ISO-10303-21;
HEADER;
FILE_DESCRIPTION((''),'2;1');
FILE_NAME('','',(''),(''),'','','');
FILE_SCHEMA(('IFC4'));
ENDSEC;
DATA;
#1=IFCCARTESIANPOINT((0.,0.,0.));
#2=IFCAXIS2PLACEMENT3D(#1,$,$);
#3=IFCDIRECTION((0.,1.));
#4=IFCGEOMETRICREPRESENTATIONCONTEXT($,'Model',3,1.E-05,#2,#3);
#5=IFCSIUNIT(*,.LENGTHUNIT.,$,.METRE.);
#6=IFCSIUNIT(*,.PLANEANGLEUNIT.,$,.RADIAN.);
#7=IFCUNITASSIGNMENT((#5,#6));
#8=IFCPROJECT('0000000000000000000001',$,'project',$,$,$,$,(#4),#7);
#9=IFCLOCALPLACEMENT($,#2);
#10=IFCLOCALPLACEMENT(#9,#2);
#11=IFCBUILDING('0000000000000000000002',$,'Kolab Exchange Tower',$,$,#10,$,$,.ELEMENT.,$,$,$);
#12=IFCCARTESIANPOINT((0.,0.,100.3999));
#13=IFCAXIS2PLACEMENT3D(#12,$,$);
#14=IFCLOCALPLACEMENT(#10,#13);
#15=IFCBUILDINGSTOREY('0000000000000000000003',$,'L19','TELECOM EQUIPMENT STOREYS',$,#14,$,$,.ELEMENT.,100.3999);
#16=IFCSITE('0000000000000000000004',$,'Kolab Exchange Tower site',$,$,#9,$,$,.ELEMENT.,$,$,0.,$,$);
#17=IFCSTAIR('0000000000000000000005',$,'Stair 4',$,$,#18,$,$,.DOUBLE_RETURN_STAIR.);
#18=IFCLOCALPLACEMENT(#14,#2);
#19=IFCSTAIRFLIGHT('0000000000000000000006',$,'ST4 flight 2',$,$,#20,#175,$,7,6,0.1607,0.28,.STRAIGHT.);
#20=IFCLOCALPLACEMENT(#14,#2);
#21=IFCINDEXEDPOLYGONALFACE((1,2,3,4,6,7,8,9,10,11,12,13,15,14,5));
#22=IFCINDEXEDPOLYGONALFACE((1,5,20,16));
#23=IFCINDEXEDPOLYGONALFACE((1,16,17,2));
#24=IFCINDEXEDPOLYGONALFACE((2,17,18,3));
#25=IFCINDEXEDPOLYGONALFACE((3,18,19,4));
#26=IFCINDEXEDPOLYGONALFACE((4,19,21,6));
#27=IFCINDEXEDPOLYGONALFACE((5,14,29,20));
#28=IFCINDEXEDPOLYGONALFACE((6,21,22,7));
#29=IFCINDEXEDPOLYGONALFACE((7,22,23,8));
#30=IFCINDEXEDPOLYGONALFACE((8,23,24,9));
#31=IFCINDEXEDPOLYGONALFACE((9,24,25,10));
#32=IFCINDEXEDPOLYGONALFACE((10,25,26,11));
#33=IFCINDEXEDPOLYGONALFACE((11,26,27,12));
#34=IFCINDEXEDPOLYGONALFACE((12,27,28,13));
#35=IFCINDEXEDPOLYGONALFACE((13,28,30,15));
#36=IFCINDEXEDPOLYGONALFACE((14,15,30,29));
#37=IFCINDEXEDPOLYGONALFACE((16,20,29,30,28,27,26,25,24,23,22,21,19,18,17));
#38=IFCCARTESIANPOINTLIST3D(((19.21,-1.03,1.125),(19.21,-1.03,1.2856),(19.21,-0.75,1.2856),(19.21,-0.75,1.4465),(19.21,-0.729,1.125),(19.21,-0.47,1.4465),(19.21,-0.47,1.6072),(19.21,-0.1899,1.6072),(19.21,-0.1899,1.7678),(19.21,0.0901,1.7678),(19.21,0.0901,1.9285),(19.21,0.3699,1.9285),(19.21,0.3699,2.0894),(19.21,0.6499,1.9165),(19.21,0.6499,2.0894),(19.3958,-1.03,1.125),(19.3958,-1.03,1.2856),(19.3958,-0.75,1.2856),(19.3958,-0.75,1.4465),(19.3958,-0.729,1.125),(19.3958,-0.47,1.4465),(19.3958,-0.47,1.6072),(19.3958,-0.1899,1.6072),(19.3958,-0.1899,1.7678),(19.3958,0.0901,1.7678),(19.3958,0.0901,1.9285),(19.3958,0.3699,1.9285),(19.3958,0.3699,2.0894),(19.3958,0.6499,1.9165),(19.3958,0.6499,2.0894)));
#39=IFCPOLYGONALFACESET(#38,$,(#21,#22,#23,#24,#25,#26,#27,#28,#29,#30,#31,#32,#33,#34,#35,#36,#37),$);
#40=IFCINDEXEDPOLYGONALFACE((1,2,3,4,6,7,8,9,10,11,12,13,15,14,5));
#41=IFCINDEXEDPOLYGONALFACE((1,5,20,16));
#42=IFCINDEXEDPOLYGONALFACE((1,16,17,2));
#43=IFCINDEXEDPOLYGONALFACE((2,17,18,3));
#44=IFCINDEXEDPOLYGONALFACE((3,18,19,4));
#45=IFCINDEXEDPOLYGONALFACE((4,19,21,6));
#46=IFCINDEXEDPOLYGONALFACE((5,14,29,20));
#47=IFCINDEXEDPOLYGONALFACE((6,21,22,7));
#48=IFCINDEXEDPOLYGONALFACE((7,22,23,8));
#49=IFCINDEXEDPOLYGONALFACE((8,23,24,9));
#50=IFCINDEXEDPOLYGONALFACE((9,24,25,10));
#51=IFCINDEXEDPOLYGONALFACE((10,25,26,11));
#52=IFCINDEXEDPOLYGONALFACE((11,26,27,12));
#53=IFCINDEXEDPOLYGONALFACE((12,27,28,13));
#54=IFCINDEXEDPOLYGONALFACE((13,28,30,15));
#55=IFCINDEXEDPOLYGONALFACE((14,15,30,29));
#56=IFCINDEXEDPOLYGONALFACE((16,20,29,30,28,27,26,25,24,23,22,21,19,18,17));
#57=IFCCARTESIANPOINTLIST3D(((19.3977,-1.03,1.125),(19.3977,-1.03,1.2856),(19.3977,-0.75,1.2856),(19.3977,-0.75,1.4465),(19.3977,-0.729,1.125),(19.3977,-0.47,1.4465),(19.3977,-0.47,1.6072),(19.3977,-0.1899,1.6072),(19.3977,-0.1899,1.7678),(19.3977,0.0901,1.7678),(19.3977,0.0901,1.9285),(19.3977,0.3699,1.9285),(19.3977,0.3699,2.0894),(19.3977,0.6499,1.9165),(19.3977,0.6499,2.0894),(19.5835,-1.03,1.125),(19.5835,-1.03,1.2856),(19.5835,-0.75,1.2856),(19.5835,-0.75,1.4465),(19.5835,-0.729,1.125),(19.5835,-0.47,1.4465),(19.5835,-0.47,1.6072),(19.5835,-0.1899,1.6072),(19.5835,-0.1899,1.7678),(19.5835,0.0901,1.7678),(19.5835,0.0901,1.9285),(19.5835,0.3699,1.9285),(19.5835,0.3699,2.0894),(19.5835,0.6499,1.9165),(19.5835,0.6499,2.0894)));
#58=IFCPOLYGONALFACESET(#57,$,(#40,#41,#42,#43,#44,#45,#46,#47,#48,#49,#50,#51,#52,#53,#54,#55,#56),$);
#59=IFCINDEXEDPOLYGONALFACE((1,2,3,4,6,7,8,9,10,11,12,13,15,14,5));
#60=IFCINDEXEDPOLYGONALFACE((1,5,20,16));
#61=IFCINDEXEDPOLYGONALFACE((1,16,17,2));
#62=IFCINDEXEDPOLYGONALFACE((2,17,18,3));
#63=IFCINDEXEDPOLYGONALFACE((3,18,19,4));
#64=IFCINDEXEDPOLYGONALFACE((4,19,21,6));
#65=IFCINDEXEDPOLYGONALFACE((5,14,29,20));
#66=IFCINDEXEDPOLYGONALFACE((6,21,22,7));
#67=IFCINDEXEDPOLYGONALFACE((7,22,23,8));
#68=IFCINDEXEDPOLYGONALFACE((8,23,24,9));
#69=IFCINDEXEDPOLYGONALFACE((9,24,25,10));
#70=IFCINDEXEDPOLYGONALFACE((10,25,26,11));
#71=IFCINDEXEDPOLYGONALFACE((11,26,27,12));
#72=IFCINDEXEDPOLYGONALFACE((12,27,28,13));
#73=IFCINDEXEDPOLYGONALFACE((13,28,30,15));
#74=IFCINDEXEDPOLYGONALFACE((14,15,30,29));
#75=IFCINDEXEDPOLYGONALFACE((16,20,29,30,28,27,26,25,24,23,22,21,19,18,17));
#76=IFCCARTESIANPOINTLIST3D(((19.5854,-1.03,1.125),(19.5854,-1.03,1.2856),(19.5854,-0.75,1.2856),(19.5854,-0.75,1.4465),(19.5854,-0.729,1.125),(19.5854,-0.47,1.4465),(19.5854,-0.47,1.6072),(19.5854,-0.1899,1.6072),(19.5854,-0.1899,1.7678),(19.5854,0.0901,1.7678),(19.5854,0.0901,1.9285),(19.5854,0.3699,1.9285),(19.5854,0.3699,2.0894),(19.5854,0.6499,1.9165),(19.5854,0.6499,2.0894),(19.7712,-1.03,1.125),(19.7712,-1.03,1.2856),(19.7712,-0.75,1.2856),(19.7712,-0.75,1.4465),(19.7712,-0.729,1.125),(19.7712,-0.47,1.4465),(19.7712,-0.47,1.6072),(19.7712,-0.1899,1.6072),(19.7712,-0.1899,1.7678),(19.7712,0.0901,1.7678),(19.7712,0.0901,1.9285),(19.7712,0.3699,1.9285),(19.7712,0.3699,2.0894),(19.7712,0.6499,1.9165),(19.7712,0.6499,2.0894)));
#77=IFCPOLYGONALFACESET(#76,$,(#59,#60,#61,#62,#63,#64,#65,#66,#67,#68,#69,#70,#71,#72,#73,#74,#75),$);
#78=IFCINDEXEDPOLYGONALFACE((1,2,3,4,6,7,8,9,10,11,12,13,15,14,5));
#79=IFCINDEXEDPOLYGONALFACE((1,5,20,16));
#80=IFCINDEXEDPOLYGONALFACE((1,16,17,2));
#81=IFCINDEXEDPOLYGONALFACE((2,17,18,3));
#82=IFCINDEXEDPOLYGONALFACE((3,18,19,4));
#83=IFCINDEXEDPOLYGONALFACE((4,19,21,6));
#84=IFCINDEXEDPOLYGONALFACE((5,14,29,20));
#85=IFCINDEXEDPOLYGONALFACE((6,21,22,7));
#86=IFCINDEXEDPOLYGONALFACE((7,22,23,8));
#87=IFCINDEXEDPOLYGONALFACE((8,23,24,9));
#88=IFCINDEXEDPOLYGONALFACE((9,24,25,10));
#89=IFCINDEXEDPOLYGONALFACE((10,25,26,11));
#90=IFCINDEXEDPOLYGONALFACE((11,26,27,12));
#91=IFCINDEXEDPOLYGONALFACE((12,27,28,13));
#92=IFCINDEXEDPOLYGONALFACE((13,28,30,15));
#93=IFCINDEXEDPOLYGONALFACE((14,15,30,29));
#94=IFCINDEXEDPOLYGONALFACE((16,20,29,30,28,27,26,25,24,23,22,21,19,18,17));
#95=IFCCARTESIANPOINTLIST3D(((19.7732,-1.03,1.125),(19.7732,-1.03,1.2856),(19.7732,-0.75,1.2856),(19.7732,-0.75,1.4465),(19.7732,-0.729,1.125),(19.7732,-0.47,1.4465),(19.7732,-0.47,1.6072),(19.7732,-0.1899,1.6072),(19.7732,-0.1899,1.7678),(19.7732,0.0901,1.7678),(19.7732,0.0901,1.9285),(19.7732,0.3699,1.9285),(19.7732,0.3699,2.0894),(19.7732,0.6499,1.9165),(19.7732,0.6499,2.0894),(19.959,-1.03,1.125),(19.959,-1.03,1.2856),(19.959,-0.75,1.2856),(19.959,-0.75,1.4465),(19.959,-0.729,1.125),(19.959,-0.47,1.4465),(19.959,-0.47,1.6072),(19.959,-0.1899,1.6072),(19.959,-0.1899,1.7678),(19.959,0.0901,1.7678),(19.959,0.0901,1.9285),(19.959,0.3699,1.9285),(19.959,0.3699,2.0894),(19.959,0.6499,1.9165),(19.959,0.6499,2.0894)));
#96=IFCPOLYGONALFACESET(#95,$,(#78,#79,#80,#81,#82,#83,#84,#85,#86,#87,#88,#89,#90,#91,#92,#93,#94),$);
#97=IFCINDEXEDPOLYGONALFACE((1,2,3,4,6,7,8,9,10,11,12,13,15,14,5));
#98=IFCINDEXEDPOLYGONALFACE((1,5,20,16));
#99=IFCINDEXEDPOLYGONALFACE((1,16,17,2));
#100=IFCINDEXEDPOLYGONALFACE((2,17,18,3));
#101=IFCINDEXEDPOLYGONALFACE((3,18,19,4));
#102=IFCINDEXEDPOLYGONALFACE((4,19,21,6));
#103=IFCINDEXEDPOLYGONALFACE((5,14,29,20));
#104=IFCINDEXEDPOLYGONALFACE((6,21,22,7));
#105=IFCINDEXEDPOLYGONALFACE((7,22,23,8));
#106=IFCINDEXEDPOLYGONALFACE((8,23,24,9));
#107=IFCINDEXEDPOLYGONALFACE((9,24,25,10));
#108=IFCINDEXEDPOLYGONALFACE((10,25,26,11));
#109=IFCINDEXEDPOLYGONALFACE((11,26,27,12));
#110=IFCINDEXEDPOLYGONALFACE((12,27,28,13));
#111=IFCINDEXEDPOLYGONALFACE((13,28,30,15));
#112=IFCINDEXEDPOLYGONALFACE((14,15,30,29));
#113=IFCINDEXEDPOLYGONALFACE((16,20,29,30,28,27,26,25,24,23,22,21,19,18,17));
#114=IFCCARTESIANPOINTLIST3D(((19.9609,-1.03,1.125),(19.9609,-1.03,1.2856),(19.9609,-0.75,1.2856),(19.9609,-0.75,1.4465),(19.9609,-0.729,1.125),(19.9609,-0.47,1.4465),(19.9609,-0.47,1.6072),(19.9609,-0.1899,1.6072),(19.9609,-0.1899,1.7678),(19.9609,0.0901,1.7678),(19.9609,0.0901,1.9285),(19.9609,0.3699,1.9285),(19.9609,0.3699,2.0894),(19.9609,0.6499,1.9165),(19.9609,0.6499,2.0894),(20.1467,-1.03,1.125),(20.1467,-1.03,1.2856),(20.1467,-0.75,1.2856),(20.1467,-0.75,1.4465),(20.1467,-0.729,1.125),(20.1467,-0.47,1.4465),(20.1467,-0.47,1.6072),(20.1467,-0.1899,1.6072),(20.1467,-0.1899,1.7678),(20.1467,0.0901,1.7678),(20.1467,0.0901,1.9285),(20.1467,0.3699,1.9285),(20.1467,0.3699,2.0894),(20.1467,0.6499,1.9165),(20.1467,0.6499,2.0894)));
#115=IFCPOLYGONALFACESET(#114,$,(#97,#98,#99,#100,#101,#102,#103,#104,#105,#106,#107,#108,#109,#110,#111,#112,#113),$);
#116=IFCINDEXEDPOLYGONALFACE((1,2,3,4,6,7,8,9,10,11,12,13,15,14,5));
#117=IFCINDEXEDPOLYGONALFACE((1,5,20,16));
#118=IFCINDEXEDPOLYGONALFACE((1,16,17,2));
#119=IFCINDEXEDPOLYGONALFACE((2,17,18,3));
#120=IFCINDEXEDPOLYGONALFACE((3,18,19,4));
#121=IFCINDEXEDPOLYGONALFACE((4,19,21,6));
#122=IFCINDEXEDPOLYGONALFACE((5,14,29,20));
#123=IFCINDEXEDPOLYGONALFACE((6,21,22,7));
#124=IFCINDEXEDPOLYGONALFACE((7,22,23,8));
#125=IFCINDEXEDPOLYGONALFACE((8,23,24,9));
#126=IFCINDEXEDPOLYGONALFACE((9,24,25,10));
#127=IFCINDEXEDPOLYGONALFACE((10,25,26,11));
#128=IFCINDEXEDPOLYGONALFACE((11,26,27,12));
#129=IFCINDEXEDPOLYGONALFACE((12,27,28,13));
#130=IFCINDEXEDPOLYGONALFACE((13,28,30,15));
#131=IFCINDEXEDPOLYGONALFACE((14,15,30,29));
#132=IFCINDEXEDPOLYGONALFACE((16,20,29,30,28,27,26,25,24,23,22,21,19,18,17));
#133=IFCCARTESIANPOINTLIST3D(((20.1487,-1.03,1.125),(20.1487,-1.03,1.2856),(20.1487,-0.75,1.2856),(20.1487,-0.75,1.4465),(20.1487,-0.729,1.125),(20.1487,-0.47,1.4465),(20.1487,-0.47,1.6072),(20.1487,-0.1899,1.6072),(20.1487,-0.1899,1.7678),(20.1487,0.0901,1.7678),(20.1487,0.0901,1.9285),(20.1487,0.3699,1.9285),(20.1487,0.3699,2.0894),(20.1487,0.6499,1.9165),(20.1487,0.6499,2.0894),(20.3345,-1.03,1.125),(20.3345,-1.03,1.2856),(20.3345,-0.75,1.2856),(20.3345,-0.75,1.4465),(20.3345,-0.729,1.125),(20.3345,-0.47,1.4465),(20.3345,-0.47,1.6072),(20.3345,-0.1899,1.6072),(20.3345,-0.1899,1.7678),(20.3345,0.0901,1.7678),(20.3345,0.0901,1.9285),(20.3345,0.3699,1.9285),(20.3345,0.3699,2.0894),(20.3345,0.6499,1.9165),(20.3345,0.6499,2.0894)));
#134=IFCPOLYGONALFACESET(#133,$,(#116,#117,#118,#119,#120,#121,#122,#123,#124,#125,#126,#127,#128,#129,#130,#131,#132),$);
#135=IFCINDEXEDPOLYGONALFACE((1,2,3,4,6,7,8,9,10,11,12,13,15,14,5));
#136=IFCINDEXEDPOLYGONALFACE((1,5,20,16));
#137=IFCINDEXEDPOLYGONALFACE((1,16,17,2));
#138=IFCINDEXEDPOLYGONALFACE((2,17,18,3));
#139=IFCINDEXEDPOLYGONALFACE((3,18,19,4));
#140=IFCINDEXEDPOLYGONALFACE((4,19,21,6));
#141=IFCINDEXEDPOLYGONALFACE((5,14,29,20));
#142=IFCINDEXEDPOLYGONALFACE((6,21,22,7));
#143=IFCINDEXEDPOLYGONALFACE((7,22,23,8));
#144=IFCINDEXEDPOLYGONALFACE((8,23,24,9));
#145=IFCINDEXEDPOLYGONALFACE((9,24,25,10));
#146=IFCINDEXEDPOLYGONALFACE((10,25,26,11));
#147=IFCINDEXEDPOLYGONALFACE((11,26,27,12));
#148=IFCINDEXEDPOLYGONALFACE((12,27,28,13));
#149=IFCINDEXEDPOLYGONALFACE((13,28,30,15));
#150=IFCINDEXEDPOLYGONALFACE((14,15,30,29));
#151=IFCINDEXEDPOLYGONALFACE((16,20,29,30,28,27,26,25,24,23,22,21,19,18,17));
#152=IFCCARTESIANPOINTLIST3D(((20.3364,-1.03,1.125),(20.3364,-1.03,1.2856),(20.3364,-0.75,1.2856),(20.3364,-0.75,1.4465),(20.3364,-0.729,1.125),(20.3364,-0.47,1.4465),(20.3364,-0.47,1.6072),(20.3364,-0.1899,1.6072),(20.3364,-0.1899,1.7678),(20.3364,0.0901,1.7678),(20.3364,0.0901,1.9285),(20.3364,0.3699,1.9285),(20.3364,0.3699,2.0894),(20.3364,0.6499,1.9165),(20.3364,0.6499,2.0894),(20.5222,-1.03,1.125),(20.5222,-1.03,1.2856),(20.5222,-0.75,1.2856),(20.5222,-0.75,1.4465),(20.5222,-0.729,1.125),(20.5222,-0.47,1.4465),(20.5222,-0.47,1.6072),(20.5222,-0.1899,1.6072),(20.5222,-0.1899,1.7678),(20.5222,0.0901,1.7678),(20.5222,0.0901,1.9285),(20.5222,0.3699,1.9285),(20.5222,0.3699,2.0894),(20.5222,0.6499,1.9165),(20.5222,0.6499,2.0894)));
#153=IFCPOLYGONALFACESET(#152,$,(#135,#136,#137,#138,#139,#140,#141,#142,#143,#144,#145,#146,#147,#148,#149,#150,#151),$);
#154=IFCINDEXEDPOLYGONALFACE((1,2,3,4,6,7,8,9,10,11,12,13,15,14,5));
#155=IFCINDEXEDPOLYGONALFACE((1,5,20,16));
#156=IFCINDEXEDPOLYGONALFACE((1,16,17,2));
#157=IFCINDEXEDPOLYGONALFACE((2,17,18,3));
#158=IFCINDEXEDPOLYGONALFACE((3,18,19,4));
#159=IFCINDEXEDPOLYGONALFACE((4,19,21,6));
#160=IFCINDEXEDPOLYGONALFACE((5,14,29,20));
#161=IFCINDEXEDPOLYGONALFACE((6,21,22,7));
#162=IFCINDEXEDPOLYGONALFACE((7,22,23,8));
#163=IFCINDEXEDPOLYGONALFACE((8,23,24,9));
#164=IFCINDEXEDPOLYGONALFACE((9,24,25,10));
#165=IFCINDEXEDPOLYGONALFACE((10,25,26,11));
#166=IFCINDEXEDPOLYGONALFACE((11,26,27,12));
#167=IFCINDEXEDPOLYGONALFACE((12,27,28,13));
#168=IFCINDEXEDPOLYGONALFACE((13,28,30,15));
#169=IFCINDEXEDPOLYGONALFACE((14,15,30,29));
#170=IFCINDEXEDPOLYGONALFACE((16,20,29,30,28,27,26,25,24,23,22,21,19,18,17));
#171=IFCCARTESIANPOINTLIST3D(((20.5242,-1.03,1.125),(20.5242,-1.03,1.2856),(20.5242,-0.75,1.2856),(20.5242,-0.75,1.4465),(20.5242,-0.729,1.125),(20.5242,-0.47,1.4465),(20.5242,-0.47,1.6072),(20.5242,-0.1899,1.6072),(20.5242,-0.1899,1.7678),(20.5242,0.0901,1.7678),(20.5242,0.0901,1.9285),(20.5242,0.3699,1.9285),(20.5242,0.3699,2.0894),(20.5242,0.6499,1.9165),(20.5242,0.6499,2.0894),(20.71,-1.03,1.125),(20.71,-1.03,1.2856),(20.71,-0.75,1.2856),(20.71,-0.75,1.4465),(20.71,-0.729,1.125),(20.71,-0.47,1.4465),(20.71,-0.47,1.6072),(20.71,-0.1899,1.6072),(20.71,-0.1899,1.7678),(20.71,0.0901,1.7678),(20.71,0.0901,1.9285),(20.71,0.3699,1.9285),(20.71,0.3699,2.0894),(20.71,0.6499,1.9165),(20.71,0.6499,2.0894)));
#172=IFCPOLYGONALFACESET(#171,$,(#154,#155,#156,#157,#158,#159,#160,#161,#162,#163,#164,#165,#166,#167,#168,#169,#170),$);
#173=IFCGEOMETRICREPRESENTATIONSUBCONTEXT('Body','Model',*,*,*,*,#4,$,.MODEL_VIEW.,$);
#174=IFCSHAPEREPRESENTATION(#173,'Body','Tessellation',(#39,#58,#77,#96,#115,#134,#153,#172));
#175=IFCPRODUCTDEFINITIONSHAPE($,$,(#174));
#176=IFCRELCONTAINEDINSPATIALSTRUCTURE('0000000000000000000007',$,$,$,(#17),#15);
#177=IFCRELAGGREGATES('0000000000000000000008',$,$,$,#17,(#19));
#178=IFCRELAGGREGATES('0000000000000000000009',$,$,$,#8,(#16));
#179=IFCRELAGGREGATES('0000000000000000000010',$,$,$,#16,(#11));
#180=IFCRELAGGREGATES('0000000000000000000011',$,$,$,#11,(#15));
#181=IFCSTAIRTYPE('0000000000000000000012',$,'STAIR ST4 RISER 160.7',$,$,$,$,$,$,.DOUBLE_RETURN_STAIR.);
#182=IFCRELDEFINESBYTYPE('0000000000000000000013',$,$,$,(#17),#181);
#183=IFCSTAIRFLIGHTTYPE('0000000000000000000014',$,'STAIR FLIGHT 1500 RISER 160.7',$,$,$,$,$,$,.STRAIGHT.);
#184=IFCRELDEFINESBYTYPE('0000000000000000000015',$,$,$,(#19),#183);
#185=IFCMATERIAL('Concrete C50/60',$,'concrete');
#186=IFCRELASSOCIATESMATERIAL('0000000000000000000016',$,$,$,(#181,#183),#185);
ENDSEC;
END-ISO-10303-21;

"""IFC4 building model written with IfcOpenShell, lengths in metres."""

from ifc_helpers import new_model, si_unit, direction, frame, origin, place, context, subcontext, project, spatial, polyline, outline, extrude, material, type_object, element, aggregate, save


model = new_model("IFC4")

# Units and contexts
model_context = context("Model", 3, precision=1e-05, world=origin(), true_north=direction((0.0, 1.0)))
body_context = subcontext(model_context, "Body", "Model", "MODEL_VIEW")
ifc_project = project(units=[si_unit("LENGTHUNIT", "METRE"), si_unit("PLANEANGLEUNIT", "RADIAN")], contexts=[model_context])

# Site, building, storey
site_placement = place(None, origin())
site = spatial("IfcSite", under=ifc_project, at=site_placement, Name="Kolab Exchange Tower site", CompositionType="ELEMENT", RefElevation=0.0)
building_placement = place(site_placement, origin())
building = spatial("IfcBuilding", under=site, at=building_placement, Name="Kolab Exchange Tower", CompositionType="ELEMENT")
storey_placement = place(building_placement, frame((0.0, 0.0, 100.3999)))
storey = spatial("IfcBuildingStorey", under=building, at=storey_placement, Name="L19", Description="TELECOM EQUIPMENT STOREYS", CompositionType="ELEMENT", Elevation=100.3999)

# Shared definitions
ifc_material_1 = material(Name="Concrete C50/60", Category="concrete")

# Stair, stair flight
stair_type = type_object("IfcStairType", Name="STAIR ST4 RISER 160.7", PredefinedType="DOUBLE_RETURN_STAIR", material=ifc_material_1)
stair_placement = place(storey_placement, origin())
stair = element("IfcStair", 1, at=stair_placement, inside=storey, type_object=stair_type, Name="Stair 4", PredefinedType="DOUBLE_RETURN_STAIR")
stair_flight_type = type_object("IfcStairFlightType", Name="STAIR FLIGHT 1500 RISER 160.7", PredefinedType="STRAIGHT", material=ifc_material_1)
stair_flight_1_placement = place(storey_placement, frame((19.96, -1.03, 1.125), z_axis=(0.0, 0.0, 1.0), x_axis=(0.0, 1.0, 0.0)))
stair_flight_1 = element("IfcStairFlight", 2, at=stair_flight_1_placement, type_object=stair_flight_type, Name="ST4 flight 2", NumberOfRisers=7, NumberOfTreads=6, PredefinedType="STRAIGHT", RiserHeight=0.1607, TreadLength=0.28, context=body_context, shape_type="SweptSolid", body=[
    extrude(outline(polyline([(0.0, 0.0), (0.0, 0.1606), (0.28, 0.1606), (0.28, 0.3215), (0.5601, 0.3215), (0.5601, 0.4822), (0.8401, 0.4822), (0.8401, 0.6428), (1.1201, 0.6428), (1.1201, 0.8035), (1.3999, 0.8035), (1.3999, 0.9644), (1.6799, 0.9644), (1.6799, 1.125), (1.6799, 0.7915), (0.301, 0.0), (0.0, 0.0)])), frame((0.0, 0.75, 0.0), z_axis=(0.0, -1.0, 0.0), x_axis=(1.0, 0.0, 0.0)), (0.0, 0.0, 1.0), 0.1858),
    extrude(outline(polyline([(0.0, 0.0), (0.0, 0.1606), (0.28, 0.1606), (0.28, 0.3215), (0.5601, 0.3215), (0.5601, 0.4822), (0.8401, 0.4822), (0.8401, 0.6428), (1.1201, 0.6428), (1.1201, 0.8035), (1.3999, 0.8035), (1.3999, 0.9644), (1.6799, 0.9644), (1.6799, 1.125), (1.6799, 0.7915), (0.301, 0.0), (0.0, 0.0)])), frame((0.0, 0.5623, 0.0), z_axis=(0.0, -1.0, 0.0), x_axis=(1.0, 0.0, 0.0)), (0.0, 0.0, 1.0), 0.1858),
    extrude(outline(polyline([(0.0, 0.0), (0.0, 0.1606), (0.28, 0.1606), (0.28, 0.3215), (0.5601, 0.3215), (0.5601, 0.4822), (0.8401, 0.4822), (0.8401, 0.6428), (1.1201, 0.6428), (1.1201, 0.8035), (1.3999, 0.8035), (1.3999, 0.9644), (1.6799, 0.9644), (1.6799, 1.125), (1.6799, 0.7915), (0.301, 0.0), (0.0, 0.0)])), frame((0.0, 0.3745, 0.0), z_axis=(0.0, -1.0, 0.0), x_axis=(1.0, 0.0, 0.0)), (0.0, 0.0, 1.0), 0.1858),
    extrude(outline(polyline([(0.0, 0.0), (0.0, 0.1606), (0.28, 0.1606), (0.28, 0.3215), (0.5601, 0.3215), (0.5601, 0.4822), (0.8401, 0.4822), (0.8401, 0.6428), (1.1201, 0.6428), (1.1201, 0.8035), (1.3999, 0.8035), (1.3999, 0.9644), (1.6799, 0.9644), (1.6799, 1.125), (1.6799, 0.7915), (0.301, 0.0), (0.0, 0.0)])), frame((0.0, 0.1868, 0.0), z_axis=(0.0, -1.0, 0.0), x_axis=(1.0, 0.0, 0.0)), (0.0, 0.0, 1.0), 0.1858),
    extrude(outline(polyline([(0.0, 0.0), (0.0, 0.1606), (0.28, 0.1606), (0.28, 0.3215), (0.5601, 0.3215), (0.5601, 0.4822), (0.8401, 0.4822), (0.8401, 0.6428), (1.1201, 0.6428), (1.1201, 0.8035), (1.3999, 0.8035), (1.3999, 0.9644), (1.6799, 0.9644), (1.6799, 1.125), (1.6799, 0.7915), (0.301, 0.0), (0.0, 0.0)])), frame((0.0, -0.001, 0.0), z_axis=(0.0, -1.0, 0.0), x_axis=(1.0, 0.0, 0.0)), (0.0, 0.0, 1.0), 0.1858),
    extrude(outline(polyline([(0.0, 0.0), (0.0, 0.1606), (0.28, 0.1606), (0.28, 0.3215), (0.5601, 0.3215), (0.5601, 0.4822), (0.8401, 0.4822), (0.8401, 0.6428), (1.1201, 0.6428), (1.1201, 0.8035), (1.3999, 0.8035), (1.3999, 0.9644), (1.6799, 0.9644), (1.6799, 1.125), (1.6799, 0.7915), (0.301, 0.0), (0.0, 0.0)])), frame((0.0, -0.1887, 0.0), z_axis=(0.0, -1.0, 0.0), x_axis=(1.0, 0.0, 0.0)), (0.0, 0.0, 1.0), 0.1858),
    extrude(outline(polyline([(0.0, 0.0), (0.0, 0.1606), (0.28, 0.1606), (0.28, 0.3215), (0.5601, 0.3215), (0.5601, 0.4822), (0.8401, 0.4822), (0.8401, 0.6428), (1.1201, 0.6428), (1.1201, 0.8035), (1.3999, 0.8035), (1.3999, 0.9644), (1.6799, 0.9644), (1.6799, 1.125), (1.6799, 0.7915), (0.301, 0.0), (0.0, 0.0)])), frame((0.0, -0.3765, 0.0), z_axis=(0.0, -1.0, 0.0), x_axis=(1.0, 0.0, 0.0)), (0.0, 0.0, 1.0), 0.1858),
    extrude(outline(polyline([(0.0, 0.0), (0.0, 0.1606), (0.28, 0.1606), (0.28, 0.3215), (0.5601, 0.3215), (0.5601, 0.4822), (0.8401, 0.4822), (0.8401, 0.6428), (1.1201, 0.6428), (1.1201, 0.8035), (1.3999, 0.8035), (1.3999, 0.9644), (1.6799, 0.9644), (1.6799, 1.125), (1.6799, 0.7915), (0.301, 0.0), (0.0, 0.0)])), frame((0.0, -0.5642, 0.0), z_axis=(0.0, -1.0, 0.0), x_axis=(1.0, 0.0, 0.0)), (0.0, 0.0, 1.0), 0.1858),
])
aggregate(stair, [stair_flight_1])

save(model, "model.ifc")
